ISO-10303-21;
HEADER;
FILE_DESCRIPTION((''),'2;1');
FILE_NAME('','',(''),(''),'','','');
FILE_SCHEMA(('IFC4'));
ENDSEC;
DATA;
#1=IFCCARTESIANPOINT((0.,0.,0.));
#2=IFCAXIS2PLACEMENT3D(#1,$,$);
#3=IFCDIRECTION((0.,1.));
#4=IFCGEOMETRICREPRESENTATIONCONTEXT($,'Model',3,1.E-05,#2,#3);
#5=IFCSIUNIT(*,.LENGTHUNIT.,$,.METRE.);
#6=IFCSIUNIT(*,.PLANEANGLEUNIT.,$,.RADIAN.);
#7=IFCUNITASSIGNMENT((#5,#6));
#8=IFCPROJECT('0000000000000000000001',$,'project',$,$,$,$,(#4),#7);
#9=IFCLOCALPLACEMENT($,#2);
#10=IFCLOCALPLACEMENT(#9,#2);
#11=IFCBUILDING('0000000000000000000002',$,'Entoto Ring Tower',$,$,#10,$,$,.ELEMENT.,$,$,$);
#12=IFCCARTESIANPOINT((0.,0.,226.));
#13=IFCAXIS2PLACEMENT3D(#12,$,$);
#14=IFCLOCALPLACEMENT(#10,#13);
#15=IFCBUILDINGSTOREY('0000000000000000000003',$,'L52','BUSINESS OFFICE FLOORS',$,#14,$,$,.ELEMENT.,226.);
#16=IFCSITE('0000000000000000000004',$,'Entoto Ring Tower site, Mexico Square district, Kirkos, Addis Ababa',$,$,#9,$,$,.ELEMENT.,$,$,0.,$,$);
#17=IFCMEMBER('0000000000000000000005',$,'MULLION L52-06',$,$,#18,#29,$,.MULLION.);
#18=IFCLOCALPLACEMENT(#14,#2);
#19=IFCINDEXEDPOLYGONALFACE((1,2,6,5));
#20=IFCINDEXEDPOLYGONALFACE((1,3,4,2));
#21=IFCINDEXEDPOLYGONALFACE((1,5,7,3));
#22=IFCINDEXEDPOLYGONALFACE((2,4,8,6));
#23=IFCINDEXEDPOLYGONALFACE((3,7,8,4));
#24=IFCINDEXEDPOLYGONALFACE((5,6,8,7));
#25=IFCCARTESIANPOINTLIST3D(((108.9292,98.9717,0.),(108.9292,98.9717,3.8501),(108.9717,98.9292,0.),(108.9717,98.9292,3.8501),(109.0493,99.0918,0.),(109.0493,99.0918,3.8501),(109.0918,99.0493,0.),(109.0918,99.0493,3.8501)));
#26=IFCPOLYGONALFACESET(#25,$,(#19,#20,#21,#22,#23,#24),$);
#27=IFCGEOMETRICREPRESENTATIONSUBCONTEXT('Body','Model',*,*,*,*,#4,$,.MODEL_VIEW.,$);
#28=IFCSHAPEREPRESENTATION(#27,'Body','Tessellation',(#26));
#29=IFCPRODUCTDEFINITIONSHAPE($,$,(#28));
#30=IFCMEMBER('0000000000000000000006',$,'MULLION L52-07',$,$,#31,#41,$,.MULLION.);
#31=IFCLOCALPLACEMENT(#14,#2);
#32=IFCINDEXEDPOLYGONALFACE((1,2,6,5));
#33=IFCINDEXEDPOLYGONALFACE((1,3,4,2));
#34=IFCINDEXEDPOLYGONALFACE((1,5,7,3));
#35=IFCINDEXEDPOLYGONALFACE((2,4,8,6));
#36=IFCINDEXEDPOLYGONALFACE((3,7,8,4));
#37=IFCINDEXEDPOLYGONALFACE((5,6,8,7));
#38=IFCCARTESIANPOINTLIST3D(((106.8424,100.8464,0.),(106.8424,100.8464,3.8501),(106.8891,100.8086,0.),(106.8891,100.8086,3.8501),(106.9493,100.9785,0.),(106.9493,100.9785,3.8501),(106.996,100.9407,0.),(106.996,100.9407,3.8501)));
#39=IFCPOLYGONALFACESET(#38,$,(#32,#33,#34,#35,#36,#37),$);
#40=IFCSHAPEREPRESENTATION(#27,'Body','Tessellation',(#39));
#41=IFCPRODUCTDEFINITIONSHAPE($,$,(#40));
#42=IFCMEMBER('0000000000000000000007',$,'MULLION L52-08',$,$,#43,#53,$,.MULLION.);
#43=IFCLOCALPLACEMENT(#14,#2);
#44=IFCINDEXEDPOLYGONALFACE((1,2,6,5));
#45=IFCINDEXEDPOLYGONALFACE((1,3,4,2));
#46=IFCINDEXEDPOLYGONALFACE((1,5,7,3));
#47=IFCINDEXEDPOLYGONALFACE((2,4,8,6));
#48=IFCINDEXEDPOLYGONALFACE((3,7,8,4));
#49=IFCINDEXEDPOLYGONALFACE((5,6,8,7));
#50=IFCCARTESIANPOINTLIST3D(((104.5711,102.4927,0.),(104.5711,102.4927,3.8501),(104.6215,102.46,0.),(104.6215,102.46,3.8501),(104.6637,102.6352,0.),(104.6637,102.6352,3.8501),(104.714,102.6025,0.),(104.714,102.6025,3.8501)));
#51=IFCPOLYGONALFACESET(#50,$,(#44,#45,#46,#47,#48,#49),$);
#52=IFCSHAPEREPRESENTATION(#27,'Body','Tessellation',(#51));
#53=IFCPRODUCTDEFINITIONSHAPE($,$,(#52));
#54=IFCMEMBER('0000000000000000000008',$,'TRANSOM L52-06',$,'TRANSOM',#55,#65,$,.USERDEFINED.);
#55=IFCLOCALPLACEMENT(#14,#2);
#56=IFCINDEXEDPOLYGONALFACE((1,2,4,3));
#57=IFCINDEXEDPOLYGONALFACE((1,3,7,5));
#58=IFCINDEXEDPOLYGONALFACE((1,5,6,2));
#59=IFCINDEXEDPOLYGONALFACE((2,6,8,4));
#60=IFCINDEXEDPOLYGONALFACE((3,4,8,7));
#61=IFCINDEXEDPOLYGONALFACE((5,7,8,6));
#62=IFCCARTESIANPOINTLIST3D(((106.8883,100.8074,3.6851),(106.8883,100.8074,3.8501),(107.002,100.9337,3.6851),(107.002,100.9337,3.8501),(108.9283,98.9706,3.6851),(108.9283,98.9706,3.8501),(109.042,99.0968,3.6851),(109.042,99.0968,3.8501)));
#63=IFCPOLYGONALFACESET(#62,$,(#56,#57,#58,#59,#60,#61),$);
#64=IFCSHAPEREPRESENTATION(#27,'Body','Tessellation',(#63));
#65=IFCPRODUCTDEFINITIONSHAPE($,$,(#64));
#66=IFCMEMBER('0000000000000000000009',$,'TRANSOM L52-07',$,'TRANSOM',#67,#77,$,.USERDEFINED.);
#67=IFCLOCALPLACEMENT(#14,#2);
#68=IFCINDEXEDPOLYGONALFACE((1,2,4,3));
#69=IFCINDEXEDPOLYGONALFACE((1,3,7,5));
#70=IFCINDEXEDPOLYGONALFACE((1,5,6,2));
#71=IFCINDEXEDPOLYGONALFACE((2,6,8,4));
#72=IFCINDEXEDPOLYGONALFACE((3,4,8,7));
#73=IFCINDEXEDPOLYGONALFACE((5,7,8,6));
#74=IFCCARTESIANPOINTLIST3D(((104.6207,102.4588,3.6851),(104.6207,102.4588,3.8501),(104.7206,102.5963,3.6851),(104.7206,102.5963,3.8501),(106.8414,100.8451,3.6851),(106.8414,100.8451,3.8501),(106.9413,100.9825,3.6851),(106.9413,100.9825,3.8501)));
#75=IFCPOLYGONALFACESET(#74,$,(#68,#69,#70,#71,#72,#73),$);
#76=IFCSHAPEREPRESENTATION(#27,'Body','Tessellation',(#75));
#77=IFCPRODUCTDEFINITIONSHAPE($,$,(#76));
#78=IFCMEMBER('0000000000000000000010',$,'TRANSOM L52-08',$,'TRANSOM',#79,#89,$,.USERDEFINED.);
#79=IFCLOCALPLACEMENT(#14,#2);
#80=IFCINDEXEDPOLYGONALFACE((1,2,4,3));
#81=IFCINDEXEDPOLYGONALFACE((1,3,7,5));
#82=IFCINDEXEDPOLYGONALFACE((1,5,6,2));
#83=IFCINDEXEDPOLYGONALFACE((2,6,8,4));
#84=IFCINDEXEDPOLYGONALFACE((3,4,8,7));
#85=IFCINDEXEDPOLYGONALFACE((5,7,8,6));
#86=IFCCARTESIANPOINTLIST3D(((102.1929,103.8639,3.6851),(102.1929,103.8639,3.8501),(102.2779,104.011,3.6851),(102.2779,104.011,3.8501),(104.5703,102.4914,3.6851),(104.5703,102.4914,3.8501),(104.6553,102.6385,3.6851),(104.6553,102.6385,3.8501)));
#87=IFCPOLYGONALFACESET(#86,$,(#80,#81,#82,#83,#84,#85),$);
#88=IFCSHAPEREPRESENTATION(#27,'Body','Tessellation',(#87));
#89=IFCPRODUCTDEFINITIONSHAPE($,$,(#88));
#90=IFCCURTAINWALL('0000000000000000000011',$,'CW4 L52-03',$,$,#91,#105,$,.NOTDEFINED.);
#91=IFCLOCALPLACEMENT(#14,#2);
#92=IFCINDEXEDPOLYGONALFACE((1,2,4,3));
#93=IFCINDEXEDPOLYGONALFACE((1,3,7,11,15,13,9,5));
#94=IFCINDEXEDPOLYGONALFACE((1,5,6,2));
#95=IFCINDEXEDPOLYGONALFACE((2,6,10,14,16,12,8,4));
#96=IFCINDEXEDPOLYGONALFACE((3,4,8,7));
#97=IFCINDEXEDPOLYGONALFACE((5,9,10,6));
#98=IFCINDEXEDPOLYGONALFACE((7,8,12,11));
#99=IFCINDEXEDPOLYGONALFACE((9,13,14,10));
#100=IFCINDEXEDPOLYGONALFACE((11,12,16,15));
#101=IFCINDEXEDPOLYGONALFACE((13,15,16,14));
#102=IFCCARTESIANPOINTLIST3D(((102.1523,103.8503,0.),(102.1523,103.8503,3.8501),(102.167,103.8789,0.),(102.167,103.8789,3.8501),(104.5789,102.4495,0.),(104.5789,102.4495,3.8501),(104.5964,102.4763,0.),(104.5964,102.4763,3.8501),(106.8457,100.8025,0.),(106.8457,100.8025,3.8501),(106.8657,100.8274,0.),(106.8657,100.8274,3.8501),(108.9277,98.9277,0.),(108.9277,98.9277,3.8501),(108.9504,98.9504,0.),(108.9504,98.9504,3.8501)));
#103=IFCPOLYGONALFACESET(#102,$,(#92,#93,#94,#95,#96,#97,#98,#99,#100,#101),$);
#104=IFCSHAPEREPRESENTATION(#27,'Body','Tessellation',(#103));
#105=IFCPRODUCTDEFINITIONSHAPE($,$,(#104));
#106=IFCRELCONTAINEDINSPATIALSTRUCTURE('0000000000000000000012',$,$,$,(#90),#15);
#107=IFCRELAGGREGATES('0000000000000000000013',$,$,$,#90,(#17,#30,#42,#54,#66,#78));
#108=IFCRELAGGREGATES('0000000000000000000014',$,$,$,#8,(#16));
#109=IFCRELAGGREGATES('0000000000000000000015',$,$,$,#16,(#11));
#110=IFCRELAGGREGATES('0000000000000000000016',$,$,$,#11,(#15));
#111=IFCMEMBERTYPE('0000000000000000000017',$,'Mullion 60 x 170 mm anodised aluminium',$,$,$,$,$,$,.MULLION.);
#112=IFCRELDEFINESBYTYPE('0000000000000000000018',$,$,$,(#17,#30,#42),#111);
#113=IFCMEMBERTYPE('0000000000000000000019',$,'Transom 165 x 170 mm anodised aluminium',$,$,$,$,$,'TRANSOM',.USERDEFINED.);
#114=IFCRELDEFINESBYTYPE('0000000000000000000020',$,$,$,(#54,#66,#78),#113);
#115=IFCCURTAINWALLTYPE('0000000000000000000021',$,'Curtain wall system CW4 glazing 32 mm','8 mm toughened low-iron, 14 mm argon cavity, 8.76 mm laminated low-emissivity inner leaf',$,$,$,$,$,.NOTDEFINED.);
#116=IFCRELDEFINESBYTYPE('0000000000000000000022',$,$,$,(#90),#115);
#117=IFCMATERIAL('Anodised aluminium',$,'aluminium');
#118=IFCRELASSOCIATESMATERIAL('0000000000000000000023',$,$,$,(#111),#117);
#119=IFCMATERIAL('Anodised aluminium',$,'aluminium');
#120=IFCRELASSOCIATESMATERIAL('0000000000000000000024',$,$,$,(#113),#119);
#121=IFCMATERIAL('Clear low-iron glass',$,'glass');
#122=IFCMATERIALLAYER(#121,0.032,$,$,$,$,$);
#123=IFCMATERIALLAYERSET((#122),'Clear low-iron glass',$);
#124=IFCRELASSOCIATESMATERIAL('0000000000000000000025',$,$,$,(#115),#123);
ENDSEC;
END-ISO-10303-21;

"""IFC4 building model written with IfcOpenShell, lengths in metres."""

from ifc_helpers import new_model, si_unit, direction, frame, origin, origin_2d, place, context, subcontext, project, spatial, polyline, rectangle, outline, extrude, material, layer, layer_set, material_profile, profile_set, type_object, element, aggregate, save


model = new_model("IFC4")

# Units and contexts
model_context = context("Model", 3, precision=1e-05, world=origin(), true_north=direction((0.0, 1.0)))
body_context = subcontext(model_context, "Body", "Model", "MODEL_VIEW")
ifc_project = project(units=[si_unit("LENGTHUNIT", "METRE"), si_unit("PLANEANGLEUNIT", "RADIAN")], contexts=[model_context])

# Members
ifc_material_1 = material(Name="Anodised aluminium", Category="aluminium")
ifc_material_profile_1 = material_profile(ifc_material_1, rectangle(XDim=0.0601, YDim=0.1699, at=origin_2d()), Name="Mullion 60 x 170 mm anodised aluminium")
ifc_profile_set_1 = profile_set([ifc_material_profile_1], Name="Anodised aluminium")
member_type_1 = type_object("IfcMemberType", Name="Mullion 60 x 170 mm anodised aluminium", PredefinedType="MULLION", material=ifc_profile_set_1)
site_placement = place(None, origin())
building_placement = place(site_placement, origin())
storey_placement = place(building_placement, frame((0.0, 0.0, 226.0)))
member_1_placement = place(storey_placement, frame((109.0105, 99.0105, 0.0), z_axis=(0.0, 0.0, 1.0), x_axis=(-0.707107, 0.707107, 0.0)))
member_1 = element("IfcMember", 1, at=member_1_placement, type_object=member_type_1, Name="MULLION L52-06", PredefinedType="MULLION", context=body_context, shape_type="SweptSolid", body=[
    extrude(rectangle(XDim=0.0601, YDim=0.1699, at=origin_2d()), origin(), (0.0, 0.0, 1.0), 3.8501),
])
member_2_placement = place(storey_placement, frame((106.9192, 100.8936, 0.0), z_axis=(0.0, 0.0, 1.0), x_axis=(-0.777146, 0.62932, 0.0)))
member_2 = element("IfcMember", 2, at=member_2_placement, type_object=member_type_1, Name="MULLION L52-07", PredefinedType="MULLION", context=body_context, shape_type="SweptSolid", body=[
    extrude(rectangle(XDim=0.0601, YDim=0.1699, at=origin_2d()), origin(), (0.0, 0.0, 1.0), 3.8501),
])
member_3_placement = place(storey_placement, frame((104.6426, 102.5476, 0.0), z_axis=(0.0, 0.0, 1.0), x_axis=(-0.838671, 0.544639, 0.0)))
member_3 = element("IfcMember", 3, at=member_3_placement, type_object=member_type_1, Name="MULLION L52-08", PredefinedType="MULLION", context=body_context, shape_type="SweptSolid", body=[
    extrude(rectangle(XDim=0.0601, YDim=0.1699, at=origin_2d()), origin(), (0.0, 0.0, 1.0), 3.8501),
])
ifc_material_2 = material(Name="Anodised aluminium", Category="aluminium")
ifc_material_profile_2 = material_profile(ifc_material_2, rectangle(XDim=0.1699, YDim=0.165, at=origin_2d()), Name="Transom 165 x 170 mm anodised aluminium")
ifc_profile_set_2 = profile_set([ifc_material_profile_2], Name="Anodised aluminium")
member_type_2 = type_object("IfcMemberType", Name="Transom 165 x 170 mm anodised aluminium", ElementType="TRANSOM", PredefinedType="USERDEFINED", material=ifc_profile_set_2)
member_4_placement = place(storey_placement, frame((108.9851, 99.0337, 3.7676), z_axis=(-0.743135, 0.669142, 0.0), x_axis=(-0.669142, -0.743135, 0.0)))
member_4 = element("IfcMember", 4, at=member_4_placement, type_object=member_type_2, Name="TRANSOM L52-06", ObjectType="TRANSOM", PredefinedType="USERDEFINED", context=body_context, shape_type="SweptSolid", body=[
    extrude(rectangle(XDim=0.1699, YDim=0.165, at=origin_2d()), origin(), (0.0, 0.0, 1.0), 2.7451),
])
member_5_placement = place(storey_placement, frame((106.8914, 100.9138, 3.7676), z_axis=(-0.808959, 0.587865, 0.0), x_axis=(-0.587865, -0.808959, 0.0)))
member_5 = element("IfcMember", 5, at=member_5_placement, type_object=member_type_2, Name="TRANSOM L52-07", ObjectType="TRANSOM", PredefinedType="USERDEFINED", context=body_context, shape_type="SweptSolid", body=[
    extrude(rectangle(XDim=0.1699, YDim=0.165, at=origin_2d()), origin(), (0.0, 0.0, 1.0), 2.7451),
])
member_6_placement = place(storey_placement, frame((104.6128, 102.5649, 3.7676), z_axis=(-0.866035, 0.499984, 0.0), x_axis=(-0.499984, -0.866035, 0.0)))
member_6 = element("IfcMember", 6, at=member_6_placement, type_object=member_type_2, Name="TRANSOM L52-08", ObjectType="TRANSOM", PredefinedType="USERDEFINED", context=body_context, shape_type="SweptSolid", body=[
    extrude(rectangle(XDim=0.1699, YDim=0.165, at=origin_2d()), origin(), (0.0, 0.0, 1.0), 2.7451),
])

# Site, building, storey
site = spatial("IfcSite", under=ifc_project, at=site_placement, Name="Entoto Ring Tower site, Mexico Square district, Kirkos, Addis Ababa", CompositionType="ELEMENT", RefElevation=0.0)
building = spatial("IfcBuilding", under=site, at=building_placement, Name="Entoto Ring Tower", CompositionType="ELEMENT")
storey = spatial("IfcBuildingStorey", under=building, at=storey_placement, Name="L52", Description="BUSINESS OFFICE FLOORS", CompositionType="ELEMENT", Elevation=226.0)

# Curtain wall
ifc_material_3 = material(Name="Clear low-iron glass", Category="glass")
ifc_layer = layer(ifc_material_3, 0.032)
ifc_layer_set = layer_set([ifc_layer], Name="Clear low-iron glass")
curtain_wall_type = type_object("IfcCurtainWallType", Name="Curtain wall system CW4 glazing 32 mm", Description="8 mm toughened low-iron, 14 mm argon cavity, 8.76 mm laminated low-emissivity inner leaf", PredefinedType="NOTDEFINED", material=ifc_layer_set)
curtain_wall_1_placement = place(storey_placement, origin())
curtain_wall_1 = element("IfcCurtainWall", 7, at=curtain_wall_1_placement, inside=storey, type_object=curtain_wall_type, Name="CW4 L52-03", PredefinedType="NOTDEFINED", context=body_context, shape_type="SweptSolid", body=[
    extrude(outline(polyline([(108.9504, 98.9504), (106.8657, 100.8274), (104.5964, 102.4763), (102.167, 103.8789), (102.1523, 103.8503), (104.5789, 102.4495), (106.8457, 100.8025), (108.9277, 98.9277), (108.9504, 98.9504)])), origin(), (0.0, 0.0, 1.0), 3.8501),
])
aggregate(curtain_wall_1, [member_1, member_2, member_3, member_4, member_5, member_6])

save(model, "model.ifc")
